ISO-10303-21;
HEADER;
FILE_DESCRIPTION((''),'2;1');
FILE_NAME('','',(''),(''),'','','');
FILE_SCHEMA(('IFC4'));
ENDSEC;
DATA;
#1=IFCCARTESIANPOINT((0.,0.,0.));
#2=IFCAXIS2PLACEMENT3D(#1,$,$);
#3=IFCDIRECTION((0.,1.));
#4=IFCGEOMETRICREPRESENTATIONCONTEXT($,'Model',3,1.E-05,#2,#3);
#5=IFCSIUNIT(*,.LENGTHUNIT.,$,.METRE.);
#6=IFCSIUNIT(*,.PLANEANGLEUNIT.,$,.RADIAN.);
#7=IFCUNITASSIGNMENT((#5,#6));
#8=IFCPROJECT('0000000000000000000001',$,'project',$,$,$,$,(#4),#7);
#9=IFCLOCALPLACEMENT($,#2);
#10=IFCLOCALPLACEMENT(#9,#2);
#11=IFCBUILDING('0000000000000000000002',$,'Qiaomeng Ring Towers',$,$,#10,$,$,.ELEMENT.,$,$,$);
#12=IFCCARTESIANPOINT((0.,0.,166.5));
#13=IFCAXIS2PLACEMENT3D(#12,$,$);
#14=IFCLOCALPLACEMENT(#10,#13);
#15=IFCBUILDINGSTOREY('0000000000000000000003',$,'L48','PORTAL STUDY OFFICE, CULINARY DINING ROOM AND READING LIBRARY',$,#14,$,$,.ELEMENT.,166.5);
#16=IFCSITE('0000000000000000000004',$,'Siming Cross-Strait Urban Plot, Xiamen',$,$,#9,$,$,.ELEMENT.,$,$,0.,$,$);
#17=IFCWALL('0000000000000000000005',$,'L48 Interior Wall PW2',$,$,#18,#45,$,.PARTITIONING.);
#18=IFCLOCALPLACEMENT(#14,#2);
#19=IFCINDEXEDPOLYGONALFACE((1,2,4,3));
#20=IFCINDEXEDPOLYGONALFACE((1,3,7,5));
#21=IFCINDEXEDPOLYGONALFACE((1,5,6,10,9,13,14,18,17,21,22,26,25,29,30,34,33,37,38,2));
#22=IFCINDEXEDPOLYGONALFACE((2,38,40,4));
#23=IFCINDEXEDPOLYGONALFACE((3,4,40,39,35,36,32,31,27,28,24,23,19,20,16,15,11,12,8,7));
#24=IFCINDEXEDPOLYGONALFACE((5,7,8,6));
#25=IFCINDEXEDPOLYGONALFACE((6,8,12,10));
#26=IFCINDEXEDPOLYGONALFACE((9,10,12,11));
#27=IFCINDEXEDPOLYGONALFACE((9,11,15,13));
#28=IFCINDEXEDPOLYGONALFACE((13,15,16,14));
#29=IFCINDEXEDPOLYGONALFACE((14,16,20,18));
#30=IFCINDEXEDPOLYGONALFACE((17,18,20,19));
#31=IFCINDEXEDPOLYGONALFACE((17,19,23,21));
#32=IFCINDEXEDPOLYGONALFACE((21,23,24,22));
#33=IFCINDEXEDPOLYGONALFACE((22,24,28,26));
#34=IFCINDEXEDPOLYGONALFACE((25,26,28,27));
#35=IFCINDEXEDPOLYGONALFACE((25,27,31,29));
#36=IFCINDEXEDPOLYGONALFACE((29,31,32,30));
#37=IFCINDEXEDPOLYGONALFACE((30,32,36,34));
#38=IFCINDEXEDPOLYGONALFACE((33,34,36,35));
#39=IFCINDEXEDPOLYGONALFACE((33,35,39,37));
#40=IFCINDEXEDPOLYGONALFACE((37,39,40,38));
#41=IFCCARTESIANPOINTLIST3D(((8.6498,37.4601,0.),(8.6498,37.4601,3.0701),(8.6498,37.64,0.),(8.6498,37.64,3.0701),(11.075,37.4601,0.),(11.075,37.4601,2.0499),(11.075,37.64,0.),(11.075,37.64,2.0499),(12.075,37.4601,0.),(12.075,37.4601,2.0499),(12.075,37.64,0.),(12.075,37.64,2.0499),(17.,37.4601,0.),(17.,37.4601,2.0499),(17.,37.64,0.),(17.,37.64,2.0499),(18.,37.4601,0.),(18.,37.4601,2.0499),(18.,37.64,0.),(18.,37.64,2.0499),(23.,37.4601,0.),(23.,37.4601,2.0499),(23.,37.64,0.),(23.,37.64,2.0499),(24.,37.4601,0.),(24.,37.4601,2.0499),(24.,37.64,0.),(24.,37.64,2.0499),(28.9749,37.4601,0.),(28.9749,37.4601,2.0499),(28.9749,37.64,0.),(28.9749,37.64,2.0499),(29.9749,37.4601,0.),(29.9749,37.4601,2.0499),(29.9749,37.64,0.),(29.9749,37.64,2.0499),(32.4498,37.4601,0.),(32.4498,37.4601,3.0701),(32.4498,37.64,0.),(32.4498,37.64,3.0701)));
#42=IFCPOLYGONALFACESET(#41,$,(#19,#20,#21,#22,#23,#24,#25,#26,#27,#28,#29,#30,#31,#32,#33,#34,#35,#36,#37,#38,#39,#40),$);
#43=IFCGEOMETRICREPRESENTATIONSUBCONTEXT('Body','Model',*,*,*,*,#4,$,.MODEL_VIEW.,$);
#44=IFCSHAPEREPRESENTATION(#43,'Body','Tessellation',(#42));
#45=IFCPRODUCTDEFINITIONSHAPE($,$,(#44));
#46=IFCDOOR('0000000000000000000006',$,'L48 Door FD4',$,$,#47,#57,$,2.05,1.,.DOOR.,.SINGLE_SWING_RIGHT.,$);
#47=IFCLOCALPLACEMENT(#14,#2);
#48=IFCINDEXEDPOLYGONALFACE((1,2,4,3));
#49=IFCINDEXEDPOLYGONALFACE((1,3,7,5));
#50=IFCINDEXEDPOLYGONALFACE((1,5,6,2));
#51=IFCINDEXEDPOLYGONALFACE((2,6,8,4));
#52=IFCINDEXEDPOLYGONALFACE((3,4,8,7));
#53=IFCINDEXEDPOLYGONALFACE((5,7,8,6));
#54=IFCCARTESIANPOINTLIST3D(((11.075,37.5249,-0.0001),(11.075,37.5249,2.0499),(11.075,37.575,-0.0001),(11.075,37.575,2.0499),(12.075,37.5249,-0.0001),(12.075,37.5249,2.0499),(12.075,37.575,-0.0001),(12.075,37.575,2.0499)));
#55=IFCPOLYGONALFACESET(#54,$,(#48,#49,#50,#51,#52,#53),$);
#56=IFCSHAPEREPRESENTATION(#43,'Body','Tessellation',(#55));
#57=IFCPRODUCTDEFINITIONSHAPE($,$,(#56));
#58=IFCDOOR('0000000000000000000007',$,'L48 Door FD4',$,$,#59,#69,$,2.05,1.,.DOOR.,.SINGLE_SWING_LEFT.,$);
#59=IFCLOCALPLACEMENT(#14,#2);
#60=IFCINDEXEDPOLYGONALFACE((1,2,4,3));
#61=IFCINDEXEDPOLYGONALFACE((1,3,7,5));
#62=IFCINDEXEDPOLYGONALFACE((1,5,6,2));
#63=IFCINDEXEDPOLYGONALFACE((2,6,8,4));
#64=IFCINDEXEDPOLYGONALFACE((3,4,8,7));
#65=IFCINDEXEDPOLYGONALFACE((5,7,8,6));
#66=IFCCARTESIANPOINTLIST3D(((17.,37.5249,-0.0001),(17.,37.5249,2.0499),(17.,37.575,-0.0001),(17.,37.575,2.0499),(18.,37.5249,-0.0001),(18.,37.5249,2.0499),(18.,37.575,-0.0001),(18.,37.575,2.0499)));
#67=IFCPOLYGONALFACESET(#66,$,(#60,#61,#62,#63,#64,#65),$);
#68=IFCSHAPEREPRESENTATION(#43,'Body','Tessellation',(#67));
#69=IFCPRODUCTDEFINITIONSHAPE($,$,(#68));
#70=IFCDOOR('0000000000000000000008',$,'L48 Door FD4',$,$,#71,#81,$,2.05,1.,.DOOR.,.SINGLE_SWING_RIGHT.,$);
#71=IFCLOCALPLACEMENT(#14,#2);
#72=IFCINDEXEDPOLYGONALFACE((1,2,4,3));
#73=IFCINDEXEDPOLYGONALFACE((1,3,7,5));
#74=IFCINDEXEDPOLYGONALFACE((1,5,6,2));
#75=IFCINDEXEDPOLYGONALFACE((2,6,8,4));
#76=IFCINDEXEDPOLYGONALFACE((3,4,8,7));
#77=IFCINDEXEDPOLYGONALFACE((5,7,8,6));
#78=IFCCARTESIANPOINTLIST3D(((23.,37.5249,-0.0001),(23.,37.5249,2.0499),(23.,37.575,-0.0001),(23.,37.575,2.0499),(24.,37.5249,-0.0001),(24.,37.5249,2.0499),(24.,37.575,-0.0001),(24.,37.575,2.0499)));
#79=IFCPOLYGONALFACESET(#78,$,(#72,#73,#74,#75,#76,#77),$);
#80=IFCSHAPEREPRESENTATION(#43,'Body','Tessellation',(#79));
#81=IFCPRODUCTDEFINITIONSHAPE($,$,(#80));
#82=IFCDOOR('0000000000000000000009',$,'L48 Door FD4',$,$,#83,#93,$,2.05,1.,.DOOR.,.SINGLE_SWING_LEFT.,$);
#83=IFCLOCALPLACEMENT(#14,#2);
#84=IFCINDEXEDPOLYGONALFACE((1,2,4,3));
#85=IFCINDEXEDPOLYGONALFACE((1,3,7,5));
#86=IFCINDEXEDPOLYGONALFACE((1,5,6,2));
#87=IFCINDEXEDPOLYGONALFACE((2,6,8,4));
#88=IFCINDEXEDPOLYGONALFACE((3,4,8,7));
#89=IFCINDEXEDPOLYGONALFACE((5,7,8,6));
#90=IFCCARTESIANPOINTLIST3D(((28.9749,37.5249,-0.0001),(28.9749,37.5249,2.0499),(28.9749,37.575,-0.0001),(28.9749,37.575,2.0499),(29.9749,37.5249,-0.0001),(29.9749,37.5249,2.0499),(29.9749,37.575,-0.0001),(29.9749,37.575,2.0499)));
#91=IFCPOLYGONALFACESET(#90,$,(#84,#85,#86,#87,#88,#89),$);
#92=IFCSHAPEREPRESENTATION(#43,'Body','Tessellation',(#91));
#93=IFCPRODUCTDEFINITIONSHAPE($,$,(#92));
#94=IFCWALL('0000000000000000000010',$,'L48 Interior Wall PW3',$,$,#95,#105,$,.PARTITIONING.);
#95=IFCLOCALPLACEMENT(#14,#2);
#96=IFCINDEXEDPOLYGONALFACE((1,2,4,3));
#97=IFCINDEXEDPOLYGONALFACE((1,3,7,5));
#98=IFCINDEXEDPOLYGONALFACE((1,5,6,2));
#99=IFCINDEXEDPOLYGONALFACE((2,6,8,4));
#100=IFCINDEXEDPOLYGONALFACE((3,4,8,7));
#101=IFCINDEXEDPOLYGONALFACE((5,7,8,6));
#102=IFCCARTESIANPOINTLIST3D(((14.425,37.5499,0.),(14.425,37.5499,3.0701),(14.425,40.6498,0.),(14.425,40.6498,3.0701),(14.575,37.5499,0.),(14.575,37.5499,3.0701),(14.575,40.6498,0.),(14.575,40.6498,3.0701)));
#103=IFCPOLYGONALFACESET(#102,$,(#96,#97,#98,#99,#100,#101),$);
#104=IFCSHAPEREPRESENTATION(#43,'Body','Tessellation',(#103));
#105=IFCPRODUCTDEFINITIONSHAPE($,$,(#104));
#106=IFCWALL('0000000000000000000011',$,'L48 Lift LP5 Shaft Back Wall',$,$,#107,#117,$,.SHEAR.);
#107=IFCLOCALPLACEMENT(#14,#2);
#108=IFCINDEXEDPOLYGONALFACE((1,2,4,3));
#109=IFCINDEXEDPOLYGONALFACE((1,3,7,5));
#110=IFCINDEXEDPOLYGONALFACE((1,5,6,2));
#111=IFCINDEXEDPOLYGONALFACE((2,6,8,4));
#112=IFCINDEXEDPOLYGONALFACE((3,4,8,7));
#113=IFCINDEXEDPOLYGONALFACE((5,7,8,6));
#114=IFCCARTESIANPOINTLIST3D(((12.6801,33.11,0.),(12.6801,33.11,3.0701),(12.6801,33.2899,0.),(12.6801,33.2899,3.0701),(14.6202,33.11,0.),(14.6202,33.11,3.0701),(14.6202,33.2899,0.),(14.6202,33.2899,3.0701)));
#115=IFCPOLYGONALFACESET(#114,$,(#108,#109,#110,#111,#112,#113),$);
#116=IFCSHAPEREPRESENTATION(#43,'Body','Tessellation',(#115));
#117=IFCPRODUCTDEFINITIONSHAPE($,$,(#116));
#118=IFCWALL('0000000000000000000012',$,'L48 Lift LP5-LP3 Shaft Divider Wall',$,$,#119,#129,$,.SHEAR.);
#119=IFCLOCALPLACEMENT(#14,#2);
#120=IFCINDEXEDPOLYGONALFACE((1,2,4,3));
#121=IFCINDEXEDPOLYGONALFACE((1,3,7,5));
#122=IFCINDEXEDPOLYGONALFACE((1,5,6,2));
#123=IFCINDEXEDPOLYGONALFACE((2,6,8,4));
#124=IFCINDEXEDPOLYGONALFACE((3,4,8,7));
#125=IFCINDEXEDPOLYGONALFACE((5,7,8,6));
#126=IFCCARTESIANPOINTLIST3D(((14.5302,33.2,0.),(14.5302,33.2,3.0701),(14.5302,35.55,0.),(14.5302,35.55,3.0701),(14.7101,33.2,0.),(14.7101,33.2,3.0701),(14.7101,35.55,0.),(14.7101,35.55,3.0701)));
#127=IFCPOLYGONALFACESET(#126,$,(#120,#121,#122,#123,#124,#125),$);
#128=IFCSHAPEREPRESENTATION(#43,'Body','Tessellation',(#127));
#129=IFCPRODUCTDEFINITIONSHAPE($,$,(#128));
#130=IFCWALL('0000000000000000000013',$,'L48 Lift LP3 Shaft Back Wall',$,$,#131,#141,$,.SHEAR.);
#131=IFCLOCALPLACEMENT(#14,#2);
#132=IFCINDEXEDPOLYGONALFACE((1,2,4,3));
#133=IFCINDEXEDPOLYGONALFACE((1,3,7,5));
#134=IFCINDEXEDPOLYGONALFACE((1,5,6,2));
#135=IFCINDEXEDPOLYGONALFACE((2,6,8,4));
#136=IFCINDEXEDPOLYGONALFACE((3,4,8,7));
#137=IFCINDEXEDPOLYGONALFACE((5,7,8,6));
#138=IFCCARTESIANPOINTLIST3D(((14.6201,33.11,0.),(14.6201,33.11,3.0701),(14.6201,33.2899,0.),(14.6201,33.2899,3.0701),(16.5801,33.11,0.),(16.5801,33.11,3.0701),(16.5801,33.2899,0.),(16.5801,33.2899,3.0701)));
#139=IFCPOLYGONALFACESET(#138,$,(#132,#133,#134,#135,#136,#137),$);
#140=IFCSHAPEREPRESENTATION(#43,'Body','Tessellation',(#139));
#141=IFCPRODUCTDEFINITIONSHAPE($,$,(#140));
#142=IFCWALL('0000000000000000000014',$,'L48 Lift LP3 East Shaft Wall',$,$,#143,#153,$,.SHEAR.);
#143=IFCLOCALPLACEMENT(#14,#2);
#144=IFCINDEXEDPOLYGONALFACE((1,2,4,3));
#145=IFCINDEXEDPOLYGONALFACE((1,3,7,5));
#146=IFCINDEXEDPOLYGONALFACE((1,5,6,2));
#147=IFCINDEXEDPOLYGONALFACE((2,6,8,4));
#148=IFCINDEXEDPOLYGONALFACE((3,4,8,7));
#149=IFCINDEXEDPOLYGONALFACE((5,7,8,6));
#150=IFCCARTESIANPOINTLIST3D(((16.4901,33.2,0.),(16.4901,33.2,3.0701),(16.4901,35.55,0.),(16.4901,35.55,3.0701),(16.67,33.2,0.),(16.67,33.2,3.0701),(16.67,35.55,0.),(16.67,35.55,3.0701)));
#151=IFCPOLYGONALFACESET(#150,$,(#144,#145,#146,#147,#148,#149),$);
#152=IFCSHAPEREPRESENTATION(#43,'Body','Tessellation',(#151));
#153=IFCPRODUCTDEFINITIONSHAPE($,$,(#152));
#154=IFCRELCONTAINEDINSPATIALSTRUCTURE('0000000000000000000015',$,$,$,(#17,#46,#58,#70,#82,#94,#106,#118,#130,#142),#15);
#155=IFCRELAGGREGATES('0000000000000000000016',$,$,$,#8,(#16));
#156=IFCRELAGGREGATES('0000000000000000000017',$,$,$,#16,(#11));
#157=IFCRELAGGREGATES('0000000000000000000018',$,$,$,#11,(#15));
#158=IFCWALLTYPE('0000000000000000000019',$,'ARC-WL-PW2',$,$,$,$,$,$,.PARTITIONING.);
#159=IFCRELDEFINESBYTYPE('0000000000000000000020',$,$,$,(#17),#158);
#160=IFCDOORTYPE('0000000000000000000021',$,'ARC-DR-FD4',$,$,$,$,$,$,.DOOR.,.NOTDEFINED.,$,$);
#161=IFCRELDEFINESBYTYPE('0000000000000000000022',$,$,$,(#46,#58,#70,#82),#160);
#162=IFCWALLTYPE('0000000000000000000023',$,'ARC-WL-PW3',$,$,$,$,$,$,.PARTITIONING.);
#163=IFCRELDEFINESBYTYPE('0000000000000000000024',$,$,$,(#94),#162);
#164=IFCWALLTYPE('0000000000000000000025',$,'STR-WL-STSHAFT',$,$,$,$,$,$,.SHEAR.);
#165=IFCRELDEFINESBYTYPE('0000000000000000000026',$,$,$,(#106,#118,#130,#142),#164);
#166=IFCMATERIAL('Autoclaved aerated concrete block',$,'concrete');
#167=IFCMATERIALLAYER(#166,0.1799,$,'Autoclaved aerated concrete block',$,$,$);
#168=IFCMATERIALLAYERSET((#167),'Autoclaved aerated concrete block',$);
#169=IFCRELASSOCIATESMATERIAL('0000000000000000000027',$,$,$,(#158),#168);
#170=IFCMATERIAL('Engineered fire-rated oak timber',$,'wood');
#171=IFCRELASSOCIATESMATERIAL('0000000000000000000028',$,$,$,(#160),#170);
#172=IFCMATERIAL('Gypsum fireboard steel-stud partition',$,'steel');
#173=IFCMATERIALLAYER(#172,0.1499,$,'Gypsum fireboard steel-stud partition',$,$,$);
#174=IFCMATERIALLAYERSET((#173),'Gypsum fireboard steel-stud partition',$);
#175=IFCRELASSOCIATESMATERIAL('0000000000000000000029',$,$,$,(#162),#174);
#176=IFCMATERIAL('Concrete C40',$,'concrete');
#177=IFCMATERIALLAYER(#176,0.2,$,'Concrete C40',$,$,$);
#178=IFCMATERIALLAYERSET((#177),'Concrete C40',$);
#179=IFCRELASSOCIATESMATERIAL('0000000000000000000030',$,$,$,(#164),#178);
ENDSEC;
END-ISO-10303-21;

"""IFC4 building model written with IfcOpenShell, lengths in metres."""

from ifc_helpers import new_model, si_unit, direction, frame, frame_2d, origin, place, context, subcontext, project, spatial, rectangle, extrude, source, transform, mapped, material, layer, layer_set, type_object, element, fill, save


model = new_model("IFC4")

# Units and contexts
model_context = context("Model", 3, precision=1e-05, world=origin(), true_north=direction((0.0, 1.0)))
body_context = subcontext(model_context, "Body", "Model", "MODEL_VIEW")
ifc_project = project(units=[si_unit("LENGTHUNIT", "METRE"), si_unit("PLANEANGLEUNIT", "RADIAN")], contexts=[model_context])

# Site, building, storey
site_placement = place(None, origin())
site = spatial("IfcSite", under=ifc_project, at=site_placement, Name="Siming Cross-Strait Urban Plot, Xiamen", CompositionType="ELEMENT", RefElevation=0.0)
building_placement = place(site_placement, origin())
building = spatial("IfcBuilding", under=site, at=building_placement, Name="Qiaomeng Ring Towers", CompositionType="ELEMENT")
storey_placement = place(building_placement, frame((0.0, 0.0, 166.5)))
storey = spatial("IfcBuildingStorey", under=building, at=storey_placement, Name="L48", Description="PORTAL STUDY OFFICE, CULINARY DINING ROOM AND READING LIBRARY", CompositionType="ELEMENT", Elevation=166.5)

# Shared definitions
ifc_material_1 = material(Name="Autoclaved aerated concrete block", Category="concrete")

# Wall, openings, doors
ifc_layer_1 = layer(ifc_material_1, 0.1799, Name="Autoclaved aerated concrete block")
ifc_layer_set_1 = layer_set([ifc_layer_1], Name="Autoclaved aerated concrete block")
wall_type_1 = type_object("IfcWallType", Name="ARC-WL-PW2", PredefinedType="PARTITIONING", material=ifc_layer_set_1)
wall_1_placement = place(storey_placement, frame((8.6499, 37.55, 0.0), z_axis=(0.0, 0.0, 1.0), x_axis=(1.0, 0.0, 0.0)))
wall_1 = element("IfcWall", 1, at=wall_1_placement, inside=storey, type_object=wall_type_1, Name="L48 Interior Wall PW2", PredefinedType="PARTITIONING", context=body_context, shape_type="SweptSolid", body=[
    extrude(rectangle(XDim=23.8, YDim=0.1799, at=frame_2d((11.8999, 0.0))), origin(), (0.0, 0.0, 1.0), 3.0701),
])
opening_1_placement = place(wall_1_placement, frame((2.425, 0.0, 0.0)))
opening_1 = element("IfcOpeningElement", 2, at=opening_1_placement, cuts=wall_1, PredefinedType="OPENING", context=body_context, shape_type="SweptSolid", body=[
    extrude(rectangle(XDim=1.0, YDim=2.05, at=frame_2d((0.5, 1.0249))), frame((0.0, 0.0999, 0.0), z_axis=(0.0, -1.0, 0.0), x_axis=(1.0, 0.0, 0.0)), (0.0, 0.0, 1.0), 0.2),
])
opening_2_placement = place(wall_1_placement, frame((8.3501, 0.0, 0.0)))
opening_2 = element("IfcOpeningElement", 3, at=opening_2_placement, cuts=wall_1, PredefinedType="OPENING", context=body_context, shape_type="SweptSolid", body=[
    extrude(rectangle(XDim=1.0, YDim=2.05, at=frame_2d((0.5, 1.0249))), frame((0.0, 0.0999, 0.0), z_axis=(0.0, -1.0, 0.0), x_axis=(1.0, 0.0, 0.0)), (0.0, 0.0, 1.0), 0.2),
])
opening_3_placement = place(wall_1_placement, frame((14.3501, 0.0, 0.0)))
opening_3 = element("IfcOpeningElement", 4, at=opening_3_placement, cuts=wall_1, PredefinedType="OPENING", context=body_context, shape_type="SweptSolid", body=[
    extrude(rectangle(XDim=1.0, YDim=2.05, at=frame_2d((0.5, 1.0249))), frame((0.0, 0.0999, 0.0), z_axis=(0.0, -1.0, 0.0), x_axis=(1.0, 0.0, 0.0)), (0.0, 0.0, 1.0), 0.2),
])
opening_4_placement = place(wall_1_placement, frame((20.325, 0.0, 0.0)))
opening_4 = element("IfcOpeningElement", 5, at=opening_4_placement, cuts=wall_1, PredefinedType="OPENING", context=body_context, shape_type="SweptSolid", body=[
    extrude(rectangle(XDim=1.0, YDim=2.05, at=frame_2d((0.5, 1.0249))), frame((0.0, 0.0999, 0.0), z_axis=(0.0, -1.0, 0.0), x_axis=(1.0, 0.0, 0.0)), (0.0, 0.0, 1.0), 0.2),
])
ifc_material_2 = material(Name="Engineered fire-rated oak timber", Category="wood")
door_type_1 = type_object("IfcDoorType", Name="ARC-DR-FD4", OperationType="NOTDEFINED", PredefinedType="DOOR", material=ifc_material_2)
shared_shape_1 = source(origin(), body_context, "Body", "SweptSolid", [
    extrude(rectangle(XDim=1.0, YDim=2.05, at=frame_2d((0.5, 1.0249))), frame((0.0, 0.0249, 0.0), z_axis=(0.0, -1.0, 0.0), x_axis=(1.0, 0.0, 0.0)), (0.0, 0.0, 1.0), 0.05),
])
door_1_placement = place(opening_1_placement, origin())
door_1 = element("IfcDoor", 6, at=door_1_placement, inside=storey, type_object=door_type_1, Name="L48 Door FD4", OperationType="SINGLE_SWING_RIGHT", OverallHeight=2.05, OverallWidth=1.0, PredefinedType="DOOR", context=body_context, shape_type="MappedRepresentation", body=[
    mapped(shared_shape_1, transform((0.0, 0.0, 0.0), x_axis=(1.0, 0.0, 0.0), y_axis=(0.0, 1.0, 0.0), z_axis=(0.0, 0.0, 1.0), scale=1.0)),
])
fill(opening_1, door_1)
door_2_placement = place(opening_2_placement, origin())
door_2 = element("IfcDoor", 7, at=door_2_placement, inside=storey, type_object=door_type_1, Name="L48 Door FD4", OperationType="SINGLE_SWING_LEFT", OverallHeight=2.05, OverallWidth=1.0, PredefinedType="DOOR", context=body_context, shape_type="MappedRepresentation", body=[
    mapped(shared_shape_1, transform((0.0, 0.0, 0.0), x_axis=(1.0, 0.0, 0.0), y_axis=(0.0, 1.0, 0.0), z_axis=(0.0, 0.0, 1.0), scale=1.0)),
])
fill(opening_2, door_2)
door_3_placement = place(opening_3_placement, origin())
door_3 = element("IfcDoor", 8, at=door_3_placement, inside=storey, type_object=door_type_1, Name="L48 Door FD4", OperationType="SINGLE_SWING_RIGHT", OverallHeight=2.05, OverallWidth=1.0, PredefinedType="DOOR", context=body_context, shape_type="MappedRepresentation", body=[
    mapped(shared_shape_1, transform((0.0, 0.0, 0.0), x_axis=(1.0, 0.0, 0.0), y_axis=(0.0, 1.0, 0.0), z_axis=(0.0, 0.0, 1.0), scale=1.0)),
])
fill(opening_3, door_3)
door_4_placement = place(opening_4_placement, origin())
door_4 = element("IfcDoor", 9, at=door_4_placement, inside=storey, type_object=door_type_1, Name="L48 Door FD4", OperationType="SINGLE_SWING_LEFT", OverallHeight=2.05, OverallWidth=1.0, PredefinedType="DOOR", context=body_context, shape_type="MappedRepresentation", body=[
    mapped(shared_shape_1, transform((0.0, 0.0, 0.0), x_axis=(1.0, 0.0, 0.0), y_axis=(0.0, 1.0, 0.0), z_axis=(0.0, 0.0, 1.0), scale=1.0)),
])
fill(opening_4, door_4)

# Walls
ifc_material_3 = material(Name="Gypsum fireboard steel-stud partition", Category="steel")
ifc_layer_2 = layer(ifc_material_3, 0.1499, Name="Gypsum fireboard steel-stud partition")
ifc_layer_set_2 = layer_set([ifc_layer_2], Name="Gypsum fireboard steel-stud partition")
wall_type_2 = type_object("IfcWallType", Name="ARC-WL-PW3", PredefinedType="PARTITIONING", material=ifc_layer_set_2)
wall_2_placement = place(storey_placement, frame((14.5, 37.55, 0.0), z_axis=(0.0, 0.0, 1.0), x_axis=(0.0, 1.0, 0.0)))
element("IfcWall", 10, at=wall_2_placement, inside=storey, type_object=wall_type_2, Name="L48 Interior Wall PW3", PredefinedType="PARTITIONING", context=body_context, shape_type="SweptSolid", body=[
    extrude(rectangle(XDim=3.0999, YDim=0.1499, at=frame_2d((1.5498, 0.0))), origin(), (0.0, 0.0, 1.0), 3.0701),
])
ifc_material_4 = material(Name="Concrete C40", Category="concrete")
ifc_layer_3 = layer(ifc_material_4, 0.2, Name="Concrete C40")
ifc_layer_set_3 = layer_set([ifc_layer_3], Name="Concrete C40")
wall_type_3 = type_object("IfcWallType", Name="STR-WL-STSHAFT", PredefinedType="SHEAR", material=ifc_layer_set_3)
wall_3_placement = place(storey_placement, frame((12.6799, 33.2, 0.0), z_axis=(0.0, 0.0, 1.0), x_axis=(1.0, 0.0, 0.0)))
element("IfcWall", 11, at=wall_3_placement, inside=storey, type_object=wall_type_3, Name="L48 Lift LP5 Shaft Back Wall", PredefinedType="SHEAR", context=body_context, shape_type="SweptSolid", body=[
    extrude(rectangle(XDim=1.9402, YDim=0.1799, at=frame_2d((0.9702, 0.0))), origin(), (0.0, 0.0, 1.0), 3.0701),
])
wall_4_placement = place(storey_placement, frame((14.6201, 33.2, 0.0), z_axis=(0.0, 0.0, 1.0), x_axis=(0.0, 1.0, 0.0)))
element("IfcWall", 12, at=wall_4_placement, inside=storey, type_object=wall_type_3, Name="L48 Lift LP5-LP3 Shaft Divider Wall", PredefinedType="SHEAR", context=body_context, shape_type="SweptSolid", body=[
    extrude(rectangle(XDim=2.3501, YDim=0.1799, at=frame_2d((1.175, 0.0))), origin(), (0.0, 0.0, 1.0), 3.0701),
])
wall_5_placement = place(storey_placement, frame((14.6201, 33.2, 0.0), z_axis=(0.0, 0.0, 1.0), x_axis=(1.0, 0.0, 0.0)))
element("IfcWall", 13, at=wall_5_placement, inside=storey, type_object=wall_type_3, Name="L48 Lift LP3 Shaft Back Wall", PredefinedType="SHEAR", context=body_context, shape_type="SweptSolid", body=[
    extrude(rectangle(XDim=1.96, YDim=0.1799, at=frame_2d((0.98, 0.0))), origin(), (0.0, 0.0, 1.0), 3.0701),
])
wall_6_placement = place(storey_placement, frame((16.5801, 33.2, 0.0), z_axis=(0.0, 0.0, 1.0), x_axis=(0.0, 1.0, 0.0)))
element("IfcWall", 14, at=wall_6_placement, inside=storey, type_object=wall_type_3, Name="L48 Lift LP3 East Shaft Wall", PredefinedType="SHEAR", context=body_context, shape_type="SweptSolid", body=[
    extrude(rectangle(XDim=2.3501, YDim=0.1799, at=frame_2d((1.175, 0.0))), origin(), (0.0, 0.0, 1.0), 3.0701),
])

save(model, "model.ifc")
